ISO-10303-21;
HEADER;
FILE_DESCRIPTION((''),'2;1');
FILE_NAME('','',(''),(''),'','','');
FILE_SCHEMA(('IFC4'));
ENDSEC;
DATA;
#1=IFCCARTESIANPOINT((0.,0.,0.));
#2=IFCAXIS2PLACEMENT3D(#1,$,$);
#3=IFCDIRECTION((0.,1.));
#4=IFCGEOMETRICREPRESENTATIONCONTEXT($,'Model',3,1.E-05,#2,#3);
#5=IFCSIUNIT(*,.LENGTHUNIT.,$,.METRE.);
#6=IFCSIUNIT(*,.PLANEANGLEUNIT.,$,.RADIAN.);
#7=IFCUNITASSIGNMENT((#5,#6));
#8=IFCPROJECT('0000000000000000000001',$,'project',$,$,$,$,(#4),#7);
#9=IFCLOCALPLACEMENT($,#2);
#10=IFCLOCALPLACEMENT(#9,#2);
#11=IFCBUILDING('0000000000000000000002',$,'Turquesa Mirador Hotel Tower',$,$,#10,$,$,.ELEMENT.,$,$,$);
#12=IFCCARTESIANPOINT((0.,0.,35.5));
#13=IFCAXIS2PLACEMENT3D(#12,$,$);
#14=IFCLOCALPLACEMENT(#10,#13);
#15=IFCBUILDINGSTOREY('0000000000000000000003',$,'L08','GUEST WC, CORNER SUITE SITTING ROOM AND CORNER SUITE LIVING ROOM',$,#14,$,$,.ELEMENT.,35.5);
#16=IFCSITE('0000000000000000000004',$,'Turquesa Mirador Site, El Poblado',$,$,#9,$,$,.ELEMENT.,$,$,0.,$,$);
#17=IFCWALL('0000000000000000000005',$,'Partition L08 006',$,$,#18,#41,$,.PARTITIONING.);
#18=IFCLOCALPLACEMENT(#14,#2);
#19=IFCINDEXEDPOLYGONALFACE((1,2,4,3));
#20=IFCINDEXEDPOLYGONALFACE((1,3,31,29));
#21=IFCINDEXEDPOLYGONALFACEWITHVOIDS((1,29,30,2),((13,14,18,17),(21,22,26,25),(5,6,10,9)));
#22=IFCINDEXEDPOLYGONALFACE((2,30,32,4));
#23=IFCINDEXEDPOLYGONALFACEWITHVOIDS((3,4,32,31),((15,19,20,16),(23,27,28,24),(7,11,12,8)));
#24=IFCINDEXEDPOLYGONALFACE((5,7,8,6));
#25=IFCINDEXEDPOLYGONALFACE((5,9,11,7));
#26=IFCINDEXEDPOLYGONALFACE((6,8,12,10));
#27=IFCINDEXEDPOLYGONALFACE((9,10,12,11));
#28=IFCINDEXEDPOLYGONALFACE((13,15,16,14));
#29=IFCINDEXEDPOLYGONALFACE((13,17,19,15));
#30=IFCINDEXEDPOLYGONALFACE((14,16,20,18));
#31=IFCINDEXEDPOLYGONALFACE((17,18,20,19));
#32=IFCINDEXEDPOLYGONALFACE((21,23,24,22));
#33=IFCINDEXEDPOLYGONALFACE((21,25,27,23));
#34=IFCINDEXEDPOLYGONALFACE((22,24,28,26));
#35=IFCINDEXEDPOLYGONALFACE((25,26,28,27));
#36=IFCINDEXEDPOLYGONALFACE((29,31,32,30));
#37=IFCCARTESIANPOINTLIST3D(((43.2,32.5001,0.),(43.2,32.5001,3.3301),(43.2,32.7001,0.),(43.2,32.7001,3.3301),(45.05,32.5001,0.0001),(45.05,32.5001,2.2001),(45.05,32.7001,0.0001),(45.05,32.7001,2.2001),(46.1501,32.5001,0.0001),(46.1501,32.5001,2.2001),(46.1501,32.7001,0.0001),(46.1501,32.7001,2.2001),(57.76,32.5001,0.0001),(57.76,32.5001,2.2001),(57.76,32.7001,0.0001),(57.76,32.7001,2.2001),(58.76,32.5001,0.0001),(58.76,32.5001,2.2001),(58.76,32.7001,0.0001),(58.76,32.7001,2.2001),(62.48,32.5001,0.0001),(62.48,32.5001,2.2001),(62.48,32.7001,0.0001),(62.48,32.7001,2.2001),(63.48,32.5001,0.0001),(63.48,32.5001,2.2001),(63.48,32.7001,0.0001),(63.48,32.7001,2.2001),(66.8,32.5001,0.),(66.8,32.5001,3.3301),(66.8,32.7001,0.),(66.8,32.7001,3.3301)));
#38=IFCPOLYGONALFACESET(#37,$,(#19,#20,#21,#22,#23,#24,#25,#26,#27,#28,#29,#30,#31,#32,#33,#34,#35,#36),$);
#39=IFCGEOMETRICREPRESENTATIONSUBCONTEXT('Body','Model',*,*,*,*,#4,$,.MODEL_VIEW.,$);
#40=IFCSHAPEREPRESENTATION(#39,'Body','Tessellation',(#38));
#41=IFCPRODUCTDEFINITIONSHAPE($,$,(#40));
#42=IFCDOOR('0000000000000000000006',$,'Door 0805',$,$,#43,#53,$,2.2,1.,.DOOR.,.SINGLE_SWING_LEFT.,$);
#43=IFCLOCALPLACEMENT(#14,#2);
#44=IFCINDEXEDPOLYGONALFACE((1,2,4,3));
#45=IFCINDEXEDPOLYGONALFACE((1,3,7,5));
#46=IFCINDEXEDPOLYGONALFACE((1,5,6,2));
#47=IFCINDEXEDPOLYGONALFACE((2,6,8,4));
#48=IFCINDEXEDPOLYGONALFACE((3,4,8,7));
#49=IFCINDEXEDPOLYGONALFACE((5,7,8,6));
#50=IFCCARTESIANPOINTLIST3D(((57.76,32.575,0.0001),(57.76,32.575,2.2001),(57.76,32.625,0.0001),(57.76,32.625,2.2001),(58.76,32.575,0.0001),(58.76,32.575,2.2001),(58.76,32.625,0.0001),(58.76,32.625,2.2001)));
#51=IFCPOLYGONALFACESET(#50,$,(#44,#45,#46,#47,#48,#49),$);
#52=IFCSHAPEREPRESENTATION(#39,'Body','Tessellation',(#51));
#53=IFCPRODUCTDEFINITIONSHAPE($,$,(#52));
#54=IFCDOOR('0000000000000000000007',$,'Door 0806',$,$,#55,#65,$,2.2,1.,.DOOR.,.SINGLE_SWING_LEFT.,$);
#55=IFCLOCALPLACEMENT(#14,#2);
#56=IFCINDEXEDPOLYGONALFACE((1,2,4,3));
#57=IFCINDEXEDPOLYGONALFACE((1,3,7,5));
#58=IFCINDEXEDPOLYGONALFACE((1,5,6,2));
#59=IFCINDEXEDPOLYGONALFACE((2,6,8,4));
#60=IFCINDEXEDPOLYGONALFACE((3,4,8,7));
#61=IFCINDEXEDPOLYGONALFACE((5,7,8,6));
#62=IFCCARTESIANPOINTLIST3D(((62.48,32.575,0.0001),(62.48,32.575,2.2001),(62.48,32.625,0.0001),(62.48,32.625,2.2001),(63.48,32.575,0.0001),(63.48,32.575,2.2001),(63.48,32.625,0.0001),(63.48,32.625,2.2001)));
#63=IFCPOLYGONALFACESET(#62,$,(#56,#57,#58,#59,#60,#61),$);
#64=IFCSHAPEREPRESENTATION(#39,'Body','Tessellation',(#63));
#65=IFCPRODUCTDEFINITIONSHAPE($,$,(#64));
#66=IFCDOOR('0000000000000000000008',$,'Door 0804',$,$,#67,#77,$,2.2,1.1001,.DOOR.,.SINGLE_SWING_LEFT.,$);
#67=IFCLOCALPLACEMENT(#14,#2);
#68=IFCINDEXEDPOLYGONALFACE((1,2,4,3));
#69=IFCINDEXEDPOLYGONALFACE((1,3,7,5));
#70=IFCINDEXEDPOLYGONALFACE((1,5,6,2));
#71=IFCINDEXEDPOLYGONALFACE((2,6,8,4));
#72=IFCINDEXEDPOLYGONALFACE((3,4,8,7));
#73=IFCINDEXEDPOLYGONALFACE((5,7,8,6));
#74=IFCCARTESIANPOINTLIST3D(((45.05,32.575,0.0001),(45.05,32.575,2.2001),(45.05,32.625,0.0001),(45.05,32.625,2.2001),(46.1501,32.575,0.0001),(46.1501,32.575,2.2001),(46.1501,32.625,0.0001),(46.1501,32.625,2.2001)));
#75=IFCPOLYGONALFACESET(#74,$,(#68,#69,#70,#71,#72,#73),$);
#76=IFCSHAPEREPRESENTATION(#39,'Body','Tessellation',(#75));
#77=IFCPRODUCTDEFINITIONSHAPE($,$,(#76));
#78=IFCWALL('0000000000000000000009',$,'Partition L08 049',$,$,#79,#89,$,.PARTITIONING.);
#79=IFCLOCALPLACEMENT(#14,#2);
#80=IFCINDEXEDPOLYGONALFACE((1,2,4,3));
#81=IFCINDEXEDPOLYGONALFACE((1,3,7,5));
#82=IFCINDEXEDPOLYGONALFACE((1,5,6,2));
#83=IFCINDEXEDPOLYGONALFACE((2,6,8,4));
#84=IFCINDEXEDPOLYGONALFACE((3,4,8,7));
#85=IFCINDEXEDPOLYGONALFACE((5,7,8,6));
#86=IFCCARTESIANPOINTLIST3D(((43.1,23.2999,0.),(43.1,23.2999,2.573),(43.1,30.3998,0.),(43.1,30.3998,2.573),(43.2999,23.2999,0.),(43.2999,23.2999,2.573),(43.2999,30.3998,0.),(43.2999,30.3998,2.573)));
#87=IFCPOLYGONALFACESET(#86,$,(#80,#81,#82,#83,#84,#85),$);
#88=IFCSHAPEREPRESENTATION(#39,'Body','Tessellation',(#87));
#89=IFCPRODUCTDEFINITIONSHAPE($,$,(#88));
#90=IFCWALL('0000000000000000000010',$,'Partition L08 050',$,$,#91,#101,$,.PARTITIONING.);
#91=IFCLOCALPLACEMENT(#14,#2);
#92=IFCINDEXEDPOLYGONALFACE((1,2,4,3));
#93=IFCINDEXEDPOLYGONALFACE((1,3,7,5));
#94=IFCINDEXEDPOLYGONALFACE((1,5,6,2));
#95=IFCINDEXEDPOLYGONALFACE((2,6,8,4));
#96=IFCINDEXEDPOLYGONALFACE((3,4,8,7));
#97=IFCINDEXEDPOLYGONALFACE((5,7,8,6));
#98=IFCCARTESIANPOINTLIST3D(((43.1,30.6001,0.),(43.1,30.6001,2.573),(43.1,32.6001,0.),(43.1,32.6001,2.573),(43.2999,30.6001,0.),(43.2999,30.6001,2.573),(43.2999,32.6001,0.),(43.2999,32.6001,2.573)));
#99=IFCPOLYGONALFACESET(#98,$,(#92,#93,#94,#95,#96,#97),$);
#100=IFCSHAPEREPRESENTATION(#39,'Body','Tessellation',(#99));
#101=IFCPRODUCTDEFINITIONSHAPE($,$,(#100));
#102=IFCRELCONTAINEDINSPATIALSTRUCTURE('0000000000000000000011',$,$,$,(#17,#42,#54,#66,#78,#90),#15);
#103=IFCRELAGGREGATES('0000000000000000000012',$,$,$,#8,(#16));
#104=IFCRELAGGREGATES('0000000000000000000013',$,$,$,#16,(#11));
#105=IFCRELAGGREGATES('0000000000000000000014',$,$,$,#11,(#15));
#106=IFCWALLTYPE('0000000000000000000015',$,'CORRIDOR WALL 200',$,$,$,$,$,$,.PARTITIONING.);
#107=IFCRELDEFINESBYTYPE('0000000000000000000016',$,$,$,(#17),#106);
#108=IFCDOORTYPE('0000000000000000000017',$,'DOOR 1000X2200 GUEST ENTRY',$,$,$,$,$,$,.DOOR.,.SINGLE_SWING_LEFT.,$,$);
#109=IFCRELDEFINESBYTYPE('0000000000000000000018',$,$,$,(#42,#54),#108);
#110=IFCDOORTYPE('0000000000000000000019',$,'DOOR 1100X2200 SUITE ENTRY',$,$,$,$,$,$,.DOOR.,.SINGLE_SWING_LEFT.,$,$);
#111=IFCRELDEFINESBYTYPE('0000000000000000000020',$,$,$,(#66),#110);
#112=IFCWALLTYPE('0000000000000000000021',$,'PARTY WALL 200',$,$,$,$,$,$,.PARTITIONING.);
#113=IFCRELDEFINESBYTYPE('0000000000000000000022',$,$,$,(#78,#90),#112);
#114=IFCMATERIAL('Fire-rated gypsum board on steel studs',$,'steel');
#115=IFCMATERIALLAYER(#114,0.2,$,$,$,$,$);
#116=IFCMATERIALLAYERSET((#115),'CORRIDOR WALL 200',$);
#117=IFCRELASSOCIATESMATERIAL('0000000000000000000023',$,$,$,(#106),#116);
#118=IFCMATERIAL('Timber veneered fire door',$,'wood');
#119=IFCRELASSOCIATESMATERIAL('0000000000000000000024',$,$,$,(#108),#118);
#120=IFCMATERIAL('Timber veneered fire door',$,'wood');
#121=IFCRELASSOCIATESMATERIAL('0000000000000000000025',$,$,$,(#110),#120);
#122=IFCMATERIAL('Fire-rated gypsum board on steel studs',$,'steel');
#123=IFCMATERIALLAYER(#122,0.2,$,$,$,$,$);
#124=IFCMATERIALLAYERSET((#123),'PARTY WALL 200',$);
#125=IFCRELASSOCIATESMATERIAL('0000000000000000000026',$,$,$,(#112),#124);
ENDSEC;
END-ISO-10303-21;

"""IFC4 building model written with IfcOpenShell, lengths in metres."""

from ifc_helpers import new_model, si_unit, direction, frame, frame_2d, origin, place, context, subcontext, project, spatial, rectangle, extrude, material, layer, layer_set, type_object, element, fill, save


model = new_model("IFC4")

# Units and contexts
model_context = context("Model", 3, precision=1e-05, world=origin(), true_north=direction((0.0, 1.0)))
body_context = subcontext(model_context, "Body", "Model", "MODEL_VIEW")
ifc_project = project(units=[si_unit("LENGTHUNIT", "METRE"), si_unit("PLANEANGLEUNIT", "RADIAN")], contexts=[model_context])

# Site, building, storey
site_placement = place(None, origin())
site = spatial("IfcSite", under=ifc_project, at=site_placement, Name="Turquesa Mirador Site, El Poblado", CompositionType="ELEMENT", RefElevation=0.0)
building_placement = place(site_placement, origin())
building = spatial("IfcBuilding", under=site, at=building_placement, Name="Turquesa Mirador Hotel Tower", CompositionType="ELEMENT")
storey_placement = place(building_placement, frame((0.0, 0.0, 35.5)))
storey = spatial("IfcBuildingStorey", under=building, at=storey_placement, Name="L08", Description="GUEST WC, CORNER SUITE SITTING ROOM AND CORNER SUITE LIVING ROOM", CompositionType="ELEMENT", Elevation=35.5)

# Wall, openings, doors
ifc_material_1 = material(Name="Fire-rated gypsum board on steel studs", Category="steel")
ifc_layer_1 = layer(ifc_material_1, 0.2)
ifc_layer_set_1 = layer_set([ifc_layer_1], Name="CORRIDOR WALL 200")
wall_type_1 = type_object("IfcWallType", Name="CORRIDOR WALL 200", PredefinedType="PARTITIONING", material=ifc_layer_set_1)
wall_1_placement = place(storey_placement, frame((43.2, 32.6001, 0.0), z_axis=(0.0, 0.0, 1.0), x_axis=(1.0, 0.0, 0.0)))
wall_1 = element("IfcWall", 1, at=wall_1_placement, inside=storey, type_object=wall_type_1, Name="Partition L08 006", PredefinedType="PARTITIONING", context=body_context, shape_type="SweptSolid", body=[
    extrude(rectangle(XDim=23.6001, YDim=0.2, at=frame_2d((11.8, 0.0))), origin(), (0.0, 0.0, 1.0), 3.3301),
])
opening_1_placement = place(wall_1_placement, frame((1.8501, 0.0, 0.0)))
opening_1 = element("IfcOpeningElement", 2, at=opening_1_placement, cuts=wall_1, PredefinedType="OPENING", context=body_context, shape_type="SweptSolid", body=[
    extrude(rectangle(XDim=1.1001, YDim=2.2, at=frame_2d((0.55, 1.1001))), frame((0.0, 0.1099, 0.0), z_axis=(0.0, -1.0, 0.0), x_axis=(1.0, 0.0, 0.0)), (0.0, 0.0, 1.0), 0.22),
])
opening_2_placement = place(wall_1_placement, frame((14.5601, 0.0, 0.0)))
opening_2 = element("IfcOpeningElement", 3, at=opening_2_placement, cuts=wall_1, PredefinedType="OPENING", context=body_context, shape_type="SweptSolid", body=[
    extrude(rectangle(XDim=1.0, YDim=2.2, at=frame_2d((0.5, 1.1001))), frame((0.0, 0.1099, 0.0), z_axis=(0.0, -1.0, 0.0), x_axis=(1.0, 0.0, 0.0)), (0.0, 0.0, 1.0), 0.22),
])
opening_3_placement = place(wall_1_placement, frame((19.28, 0.0, 0.0)))
opening_3 = element("IfcOpeningElement", 4, at=opening_3_placement, cuts=wall_1, PredefinedType="OPENING", context=body_context, shape_type="SweptSolid", body=[
    extrude(rectangle(XDim=1.0, YDim=2.2, at=frame_2d((0.5, 1.1001))), frame((0.0, 0.1099, 0.0), z_axis=(0.0, -1.0, 0.0), x_axis=(1.0, 0.0, 0.0)), (0.0, 0.0, 1.0), 0.22),
])
ifc_material_2 = material(Name="Timber veneered fire door", Category="wood")
door_type_1 = type_object("IfcDoorType", Name="DOOR 1000X2200 GUEST ENTRY", OperationType="SINGLE_SWING_LEFT", PredefinedType="DOOR", material=ifc_material_2)
door_1_placement = place(opening_2_placement, origin())
door_1 = element("IfcDoor", 5, at=door_1_placement, inside=storey, type_object=door_type_1, Name="Door 0805", OperationType="SINGLE_SWING_LEFT", OverallHeight=2.2, OverallWidth=1.0, PredefinedType="DOOR", context=body_context, shape_type="SweptSolid", body=[
    extrude(rectangle(XDim=1.0, YDim=2.2, at=frame_2d((0.5, 1.1001))), frame((0.0, 0.0249, 0.0), z_axis=(0.0, -1.0, 0.0), x_axis=(1.0, 0.0, 0.0)), (0.0, 0.0, 1.0), 0.05),
])
fill(opening_2, door_1)
door_2_placement = place(opening_3_placement, origin())
door_2 = element("IfcDoor", 6, at=door_2_placement, inside=storey, type_object=door_type_1, Name="Door 0806", OperationType="SINGLE_SWING_LEFT", OverallHeight=2.2, OverallWidth=1.0, PredefinedType="DOOR", context=body_context, shape_type="SweptSolid", body=[
    extrude(rectangle(XDim=1.0, YDim=2.2, at=frame_2d((0.5, 1.1001))), frame((0.0, 0.0249, 0.0), z_axis=(0.0, -1.0, 0.0), x_axis=(1.0, 0.0, 0.0)), (0.0, 0.0, 1.0), 0.05),
])
fill(opening_3, door_2)
ifc_material_3 = material(Name="Timber veneered fire door", Category="wood")
door_type_2 = type_object("IfcDoorType", Name="DOOR 1100X2200 SUITE ENTRY", OperationType="SINGLE_SWING_LEFT", PredefinedType="DOOR", material=ifc_material_3)
door_3_placement = place(opening_1_placement, origin())
door_3 = element("IfcDoor", 7, at=door_3_placement, inside=storey, type_object=door_type_2, Name="Door 0804", OperationType="SINGLE_SWING_LEFT", OverallHeight=2.2, OverallWidth=1.1001, PredefinedType="DOOR", context=body_context, shape_type="SweptSolid", body=[
    extrude(rectangle(XDim=1.1001, YDim=2.2, at=frame_2d((0.55, 1.1001))), frame((0.0, 0.0249, 0.0), z_axis=(0.0, -1.0, 0.0), x_axis=(1.0, 0.0, 0.0)), (0.0, 0.0, 1.0), 0.05),
])
fill(opening_1, door_3)

# Walls
ifc_material_4 = material(Name="Fire-rated gypsum board on steel studs", Category="steel")
ifc_layer_2 = layer(ifc_material_4, 0.2)
ifc_layer_set_2 = layer_set([ifc_layer_2], Name="PARTY WALL 200")
wall_type_2 = type_object("IfcWallType", Name="PARTY WALL 200", PredefinedType="PARTITIONING", material=ifc_layer_set_2)
wall_2_placement = place(storey_placement, frame((43.2, 23.3, 0.0), z_axis=(0.0, 0.0, 1.0), x_axis=(0.0, 1.0, 0.0)))
element("IfcWall", 8, at=wall_2_placement, inside=storey, type_object=wall_type_2, Name="Partition L08 049", PredefinedType="PARTITIONING", context=body_context, shape_type="SweptSolid", body=[
    extrude(rectangle(XDim=7.0999, YDim=0.2, at=frame_2d((3.5498, 0.0))), origin(), (0.0, 0.0, 1.0), 2.573),
])
wall_3_placement = place(storey_placement, frame((43.2, 30.6001, 0.0), z_axis=(0.0, 0.0, 1.0), x_axis=(0.0, 1.0, 0.0)))
element("IfcWall", 9, at=wall_3_placement, inside=storey, type_object=wall_type_2, Name="Partition L08 050", PredefinedType="PARTITIONING", context=body_context, shape_type="SweptSolid", body=[
    extrude(rectangle(XDim=2.0, YDim=0.2, at=frame_2d((1.0, 0.0))), origin(), (0.0, 0.0, 1.0), 2.573),
])

save(model, "model.ifc")
